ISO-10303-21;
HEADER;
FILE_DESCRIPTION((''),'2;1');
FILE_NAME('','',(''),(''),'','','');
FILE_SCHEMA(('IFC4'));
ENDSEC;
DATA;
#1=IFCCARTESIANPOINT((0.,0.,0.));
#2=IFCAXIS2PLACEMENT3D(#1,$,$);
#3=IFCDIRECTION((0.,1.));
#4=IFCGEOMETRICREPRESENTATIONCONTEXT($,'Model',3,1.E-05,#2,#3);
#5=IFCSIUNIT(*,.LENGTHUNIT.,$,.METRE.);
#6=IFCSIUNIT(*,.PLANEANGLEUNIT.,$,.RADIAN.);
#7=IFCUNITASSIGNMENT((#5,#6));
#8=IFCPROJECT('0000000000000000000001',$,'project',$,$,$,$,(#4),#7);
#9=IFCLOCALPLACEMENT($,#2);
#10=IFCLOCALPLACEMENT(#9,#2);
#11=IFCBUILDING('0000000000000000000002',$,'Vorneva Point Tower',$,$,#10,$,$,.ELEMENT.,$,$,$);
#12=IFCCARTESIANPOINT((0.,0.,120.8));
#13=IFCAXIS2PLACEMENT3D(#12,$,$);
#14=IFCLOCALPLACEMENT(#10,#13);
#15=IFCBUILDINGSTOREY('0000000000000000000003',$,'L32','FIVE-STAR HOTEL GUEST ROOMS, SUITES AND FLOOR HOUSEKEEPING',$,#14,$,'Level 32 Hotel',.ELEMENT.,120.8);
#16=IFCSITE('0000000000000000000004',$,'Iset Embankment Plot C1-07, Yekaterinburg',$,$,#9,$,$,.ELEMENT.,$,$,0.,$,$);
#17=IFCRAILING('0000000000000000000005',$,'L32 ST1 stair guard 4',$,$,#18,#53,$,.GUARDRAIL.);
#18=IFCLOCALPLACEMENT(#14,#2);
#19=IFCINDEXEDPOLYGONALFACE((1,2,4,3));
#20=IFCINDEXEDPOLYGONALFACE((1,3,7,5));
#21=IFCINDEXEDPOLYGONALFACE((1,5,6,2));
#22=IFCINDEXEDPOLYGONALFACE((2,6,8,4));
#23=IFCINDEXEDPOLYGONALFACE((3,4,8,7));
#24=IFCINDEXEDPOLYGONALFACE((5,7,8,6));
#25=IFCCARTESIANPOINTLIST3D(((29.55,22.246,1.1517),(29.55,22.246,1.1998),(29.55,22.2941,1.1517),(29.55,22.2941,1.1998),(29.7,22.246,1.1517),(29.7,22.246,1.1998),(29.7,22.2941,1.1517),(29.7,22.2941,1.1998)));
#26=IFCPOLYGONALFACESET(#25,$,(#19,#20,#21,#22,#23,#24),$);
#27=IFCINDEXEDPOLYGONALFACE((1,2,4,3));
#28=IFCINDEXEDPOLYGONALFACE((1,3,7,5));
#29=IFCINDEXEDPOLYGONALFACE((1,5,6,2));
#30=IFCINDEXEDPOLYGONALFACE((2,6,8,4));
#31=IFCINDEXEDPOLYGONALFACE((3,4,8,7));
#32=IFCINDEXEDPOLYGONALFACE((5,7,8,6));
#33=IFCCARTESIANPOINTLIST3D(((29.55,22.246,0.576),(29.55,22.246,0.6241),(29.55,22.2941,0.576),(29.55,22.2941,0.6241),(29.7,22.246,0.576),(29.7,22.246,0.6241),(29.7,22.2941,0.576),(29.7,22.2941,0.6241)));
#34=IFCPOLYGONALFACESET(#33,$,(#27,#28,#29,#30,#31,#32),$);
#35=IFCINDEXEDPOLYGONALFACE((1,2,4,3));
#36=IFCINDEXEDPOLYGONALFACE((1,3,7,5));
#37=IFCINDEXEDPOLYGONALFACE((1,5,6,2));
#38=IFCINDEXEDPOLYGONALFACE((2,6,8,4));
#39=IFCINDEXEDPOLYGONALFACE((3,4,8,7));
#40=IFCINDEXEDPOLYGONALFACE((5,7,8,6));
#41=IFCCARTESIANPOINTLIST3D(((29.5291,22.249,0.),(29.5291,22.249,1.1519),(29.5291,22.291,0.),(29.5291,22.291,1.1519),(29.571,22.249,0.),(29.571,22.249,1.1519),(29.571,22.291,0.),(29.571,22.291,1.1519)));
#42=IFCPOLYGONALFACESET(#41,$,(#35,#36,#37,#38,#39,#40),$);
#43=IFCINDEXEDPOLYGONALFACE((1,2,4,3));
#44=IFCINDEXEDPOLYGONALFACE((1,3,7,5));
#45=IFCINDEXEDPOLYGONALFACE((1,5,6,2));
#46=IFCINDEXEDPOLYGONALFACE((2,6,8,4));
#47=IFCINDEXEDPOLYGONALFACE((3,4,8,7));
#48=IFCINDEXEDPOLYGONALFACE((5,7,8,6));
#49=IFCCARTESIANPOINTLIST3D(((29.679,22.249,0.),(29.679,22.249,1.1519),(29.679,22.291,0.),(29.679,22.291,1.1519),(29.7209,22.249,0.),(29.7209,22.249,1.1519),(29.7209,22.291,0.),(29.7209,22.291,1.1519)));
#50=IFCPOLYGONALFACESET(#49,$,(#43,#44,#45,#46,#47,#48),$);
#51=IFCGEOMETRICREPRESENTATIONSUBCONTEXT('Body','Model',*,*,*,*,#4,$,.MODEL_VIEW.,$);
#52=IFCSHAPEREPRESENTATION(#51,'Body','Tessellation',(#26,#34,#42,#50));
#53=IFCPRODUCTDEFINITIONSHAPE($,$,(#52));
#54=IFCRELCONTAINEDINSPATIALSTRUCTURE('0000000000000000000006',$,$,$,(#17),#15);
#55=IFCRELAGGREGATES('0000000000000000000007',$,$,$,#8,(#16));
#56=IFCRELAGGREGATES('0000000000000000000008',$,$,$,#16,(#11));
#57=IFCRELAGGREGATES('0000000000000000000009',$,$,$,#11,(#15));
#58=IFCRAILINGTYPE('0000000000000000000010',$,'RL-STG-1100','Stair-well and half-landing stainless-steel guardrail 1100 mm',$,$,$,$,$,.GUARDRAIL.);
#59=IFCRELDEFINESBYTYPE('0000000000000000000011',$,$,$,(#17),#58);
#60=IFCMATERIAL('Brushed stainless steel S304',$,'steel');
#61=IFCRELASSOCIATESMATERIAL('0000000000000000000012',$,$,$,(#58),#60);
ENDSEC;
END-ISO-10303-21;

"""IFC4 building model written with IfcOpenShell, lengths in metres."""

from ifc_helpers import new_model, si_unit, direction, frame, origin, origin_2d, place, context, subcontext, project, spatial, rectangle, extrude, material, type_object, element, save


model = new_model("IFC4")

# Units and contexts
model_context = context("Model", 3, precision=1e-05, world=origin(), true_north=direction((0.0, 1.0)))
body_context = subcontext(model_context, "Body", "Model", "MODEL_VIEW")
ifc_project = project(units=[si_unit("LENGTHUNIT", "METRE"), si_unit("PLANEANGLEUNIT", "RADIAN")], contexts=[model_context])

# Site, building, storey
site_placement = place(None, origin())
site = spatial("IfcSite", under=ifc_project, at=site_placement, Name="Iset Embankment Plot C1-07, Yekaterinburg", CompositionType="ELEMENT", RefElevation=0.0)
building_placement = place(site_placement, origin())
building = spatial("IfcBuilding", under=site, at=building_placement, Name="Vorneva Point Tower", CompositionType="ELEMENT")
storey_placement = place(building_placement, frame((0.0, 0.0, 120.8)))
storey = spatial("IfcBuildingStorey", under=building, at=storey_placement, Name="L32", Description="FIVE-STAR HOTEL GUEST ROOMS, SUITES AND FLOOR HOUSEKEEPING", LongName="Level 32 Hotel", CompositionType="ELEMENT", Elevation=120.8)

# Railing
ifc_material_1 = material(Name="Brushed stainless steel S304", Category="steel")
railing_type_1 = type_object("IfcRailingType", Name="RL-STG-1100", Description="Stair-well and half-landing stainless-steel guardrail 1100 mm", PredefinedType="GUARDRAIL", material=ifc_material_1)
railing_1_placement = place(storey_placement, frame((29.55, 22.27, 0.0)))
element("IfcRailing", 1, at=railing_1_placement, inside=storey, type_object=railing_type_1, Name="L32 ST1 stair guard 4", PredefinedType="GUARDRAIL", context=body_context, shape_type="SweptSolid", body=[
    extrude(rectangle(XDim=0.0481, YDim=0.0481, at=origin_2d()), frame((0.0, 0.0, 1.1758), z_axis=(1.0, 0.0, 0.0), x_axis=(0.0, 1.0, 0.0)), (0.0, 0.0, 1.0), 0.1499),
    extrude(rectangle(XDim=0.0481, YDim=0.0481, at=origin_2d()), frame((0.0, 0.0, 0.6001), z_axis=(1.0, 0.0, 0.0), x_axis=(0.0, 1.0, 0.0)), (0.0, 0.0, 1.0), 0.1499),
    extrude(rectangle(XDim=0.042, YDim=0.042, at=origin_2d()), origin(), (0.0, 0.0, 1.0), 1.1519),
    extrude(rectangle(XDim=0.042, YDim=0.042, at=origin_2d()), frame((0.1499, 0.0, 0.0)), (0.0, 0.0, 1.0), 1.1519),
])

save(model, "model.ifc")
